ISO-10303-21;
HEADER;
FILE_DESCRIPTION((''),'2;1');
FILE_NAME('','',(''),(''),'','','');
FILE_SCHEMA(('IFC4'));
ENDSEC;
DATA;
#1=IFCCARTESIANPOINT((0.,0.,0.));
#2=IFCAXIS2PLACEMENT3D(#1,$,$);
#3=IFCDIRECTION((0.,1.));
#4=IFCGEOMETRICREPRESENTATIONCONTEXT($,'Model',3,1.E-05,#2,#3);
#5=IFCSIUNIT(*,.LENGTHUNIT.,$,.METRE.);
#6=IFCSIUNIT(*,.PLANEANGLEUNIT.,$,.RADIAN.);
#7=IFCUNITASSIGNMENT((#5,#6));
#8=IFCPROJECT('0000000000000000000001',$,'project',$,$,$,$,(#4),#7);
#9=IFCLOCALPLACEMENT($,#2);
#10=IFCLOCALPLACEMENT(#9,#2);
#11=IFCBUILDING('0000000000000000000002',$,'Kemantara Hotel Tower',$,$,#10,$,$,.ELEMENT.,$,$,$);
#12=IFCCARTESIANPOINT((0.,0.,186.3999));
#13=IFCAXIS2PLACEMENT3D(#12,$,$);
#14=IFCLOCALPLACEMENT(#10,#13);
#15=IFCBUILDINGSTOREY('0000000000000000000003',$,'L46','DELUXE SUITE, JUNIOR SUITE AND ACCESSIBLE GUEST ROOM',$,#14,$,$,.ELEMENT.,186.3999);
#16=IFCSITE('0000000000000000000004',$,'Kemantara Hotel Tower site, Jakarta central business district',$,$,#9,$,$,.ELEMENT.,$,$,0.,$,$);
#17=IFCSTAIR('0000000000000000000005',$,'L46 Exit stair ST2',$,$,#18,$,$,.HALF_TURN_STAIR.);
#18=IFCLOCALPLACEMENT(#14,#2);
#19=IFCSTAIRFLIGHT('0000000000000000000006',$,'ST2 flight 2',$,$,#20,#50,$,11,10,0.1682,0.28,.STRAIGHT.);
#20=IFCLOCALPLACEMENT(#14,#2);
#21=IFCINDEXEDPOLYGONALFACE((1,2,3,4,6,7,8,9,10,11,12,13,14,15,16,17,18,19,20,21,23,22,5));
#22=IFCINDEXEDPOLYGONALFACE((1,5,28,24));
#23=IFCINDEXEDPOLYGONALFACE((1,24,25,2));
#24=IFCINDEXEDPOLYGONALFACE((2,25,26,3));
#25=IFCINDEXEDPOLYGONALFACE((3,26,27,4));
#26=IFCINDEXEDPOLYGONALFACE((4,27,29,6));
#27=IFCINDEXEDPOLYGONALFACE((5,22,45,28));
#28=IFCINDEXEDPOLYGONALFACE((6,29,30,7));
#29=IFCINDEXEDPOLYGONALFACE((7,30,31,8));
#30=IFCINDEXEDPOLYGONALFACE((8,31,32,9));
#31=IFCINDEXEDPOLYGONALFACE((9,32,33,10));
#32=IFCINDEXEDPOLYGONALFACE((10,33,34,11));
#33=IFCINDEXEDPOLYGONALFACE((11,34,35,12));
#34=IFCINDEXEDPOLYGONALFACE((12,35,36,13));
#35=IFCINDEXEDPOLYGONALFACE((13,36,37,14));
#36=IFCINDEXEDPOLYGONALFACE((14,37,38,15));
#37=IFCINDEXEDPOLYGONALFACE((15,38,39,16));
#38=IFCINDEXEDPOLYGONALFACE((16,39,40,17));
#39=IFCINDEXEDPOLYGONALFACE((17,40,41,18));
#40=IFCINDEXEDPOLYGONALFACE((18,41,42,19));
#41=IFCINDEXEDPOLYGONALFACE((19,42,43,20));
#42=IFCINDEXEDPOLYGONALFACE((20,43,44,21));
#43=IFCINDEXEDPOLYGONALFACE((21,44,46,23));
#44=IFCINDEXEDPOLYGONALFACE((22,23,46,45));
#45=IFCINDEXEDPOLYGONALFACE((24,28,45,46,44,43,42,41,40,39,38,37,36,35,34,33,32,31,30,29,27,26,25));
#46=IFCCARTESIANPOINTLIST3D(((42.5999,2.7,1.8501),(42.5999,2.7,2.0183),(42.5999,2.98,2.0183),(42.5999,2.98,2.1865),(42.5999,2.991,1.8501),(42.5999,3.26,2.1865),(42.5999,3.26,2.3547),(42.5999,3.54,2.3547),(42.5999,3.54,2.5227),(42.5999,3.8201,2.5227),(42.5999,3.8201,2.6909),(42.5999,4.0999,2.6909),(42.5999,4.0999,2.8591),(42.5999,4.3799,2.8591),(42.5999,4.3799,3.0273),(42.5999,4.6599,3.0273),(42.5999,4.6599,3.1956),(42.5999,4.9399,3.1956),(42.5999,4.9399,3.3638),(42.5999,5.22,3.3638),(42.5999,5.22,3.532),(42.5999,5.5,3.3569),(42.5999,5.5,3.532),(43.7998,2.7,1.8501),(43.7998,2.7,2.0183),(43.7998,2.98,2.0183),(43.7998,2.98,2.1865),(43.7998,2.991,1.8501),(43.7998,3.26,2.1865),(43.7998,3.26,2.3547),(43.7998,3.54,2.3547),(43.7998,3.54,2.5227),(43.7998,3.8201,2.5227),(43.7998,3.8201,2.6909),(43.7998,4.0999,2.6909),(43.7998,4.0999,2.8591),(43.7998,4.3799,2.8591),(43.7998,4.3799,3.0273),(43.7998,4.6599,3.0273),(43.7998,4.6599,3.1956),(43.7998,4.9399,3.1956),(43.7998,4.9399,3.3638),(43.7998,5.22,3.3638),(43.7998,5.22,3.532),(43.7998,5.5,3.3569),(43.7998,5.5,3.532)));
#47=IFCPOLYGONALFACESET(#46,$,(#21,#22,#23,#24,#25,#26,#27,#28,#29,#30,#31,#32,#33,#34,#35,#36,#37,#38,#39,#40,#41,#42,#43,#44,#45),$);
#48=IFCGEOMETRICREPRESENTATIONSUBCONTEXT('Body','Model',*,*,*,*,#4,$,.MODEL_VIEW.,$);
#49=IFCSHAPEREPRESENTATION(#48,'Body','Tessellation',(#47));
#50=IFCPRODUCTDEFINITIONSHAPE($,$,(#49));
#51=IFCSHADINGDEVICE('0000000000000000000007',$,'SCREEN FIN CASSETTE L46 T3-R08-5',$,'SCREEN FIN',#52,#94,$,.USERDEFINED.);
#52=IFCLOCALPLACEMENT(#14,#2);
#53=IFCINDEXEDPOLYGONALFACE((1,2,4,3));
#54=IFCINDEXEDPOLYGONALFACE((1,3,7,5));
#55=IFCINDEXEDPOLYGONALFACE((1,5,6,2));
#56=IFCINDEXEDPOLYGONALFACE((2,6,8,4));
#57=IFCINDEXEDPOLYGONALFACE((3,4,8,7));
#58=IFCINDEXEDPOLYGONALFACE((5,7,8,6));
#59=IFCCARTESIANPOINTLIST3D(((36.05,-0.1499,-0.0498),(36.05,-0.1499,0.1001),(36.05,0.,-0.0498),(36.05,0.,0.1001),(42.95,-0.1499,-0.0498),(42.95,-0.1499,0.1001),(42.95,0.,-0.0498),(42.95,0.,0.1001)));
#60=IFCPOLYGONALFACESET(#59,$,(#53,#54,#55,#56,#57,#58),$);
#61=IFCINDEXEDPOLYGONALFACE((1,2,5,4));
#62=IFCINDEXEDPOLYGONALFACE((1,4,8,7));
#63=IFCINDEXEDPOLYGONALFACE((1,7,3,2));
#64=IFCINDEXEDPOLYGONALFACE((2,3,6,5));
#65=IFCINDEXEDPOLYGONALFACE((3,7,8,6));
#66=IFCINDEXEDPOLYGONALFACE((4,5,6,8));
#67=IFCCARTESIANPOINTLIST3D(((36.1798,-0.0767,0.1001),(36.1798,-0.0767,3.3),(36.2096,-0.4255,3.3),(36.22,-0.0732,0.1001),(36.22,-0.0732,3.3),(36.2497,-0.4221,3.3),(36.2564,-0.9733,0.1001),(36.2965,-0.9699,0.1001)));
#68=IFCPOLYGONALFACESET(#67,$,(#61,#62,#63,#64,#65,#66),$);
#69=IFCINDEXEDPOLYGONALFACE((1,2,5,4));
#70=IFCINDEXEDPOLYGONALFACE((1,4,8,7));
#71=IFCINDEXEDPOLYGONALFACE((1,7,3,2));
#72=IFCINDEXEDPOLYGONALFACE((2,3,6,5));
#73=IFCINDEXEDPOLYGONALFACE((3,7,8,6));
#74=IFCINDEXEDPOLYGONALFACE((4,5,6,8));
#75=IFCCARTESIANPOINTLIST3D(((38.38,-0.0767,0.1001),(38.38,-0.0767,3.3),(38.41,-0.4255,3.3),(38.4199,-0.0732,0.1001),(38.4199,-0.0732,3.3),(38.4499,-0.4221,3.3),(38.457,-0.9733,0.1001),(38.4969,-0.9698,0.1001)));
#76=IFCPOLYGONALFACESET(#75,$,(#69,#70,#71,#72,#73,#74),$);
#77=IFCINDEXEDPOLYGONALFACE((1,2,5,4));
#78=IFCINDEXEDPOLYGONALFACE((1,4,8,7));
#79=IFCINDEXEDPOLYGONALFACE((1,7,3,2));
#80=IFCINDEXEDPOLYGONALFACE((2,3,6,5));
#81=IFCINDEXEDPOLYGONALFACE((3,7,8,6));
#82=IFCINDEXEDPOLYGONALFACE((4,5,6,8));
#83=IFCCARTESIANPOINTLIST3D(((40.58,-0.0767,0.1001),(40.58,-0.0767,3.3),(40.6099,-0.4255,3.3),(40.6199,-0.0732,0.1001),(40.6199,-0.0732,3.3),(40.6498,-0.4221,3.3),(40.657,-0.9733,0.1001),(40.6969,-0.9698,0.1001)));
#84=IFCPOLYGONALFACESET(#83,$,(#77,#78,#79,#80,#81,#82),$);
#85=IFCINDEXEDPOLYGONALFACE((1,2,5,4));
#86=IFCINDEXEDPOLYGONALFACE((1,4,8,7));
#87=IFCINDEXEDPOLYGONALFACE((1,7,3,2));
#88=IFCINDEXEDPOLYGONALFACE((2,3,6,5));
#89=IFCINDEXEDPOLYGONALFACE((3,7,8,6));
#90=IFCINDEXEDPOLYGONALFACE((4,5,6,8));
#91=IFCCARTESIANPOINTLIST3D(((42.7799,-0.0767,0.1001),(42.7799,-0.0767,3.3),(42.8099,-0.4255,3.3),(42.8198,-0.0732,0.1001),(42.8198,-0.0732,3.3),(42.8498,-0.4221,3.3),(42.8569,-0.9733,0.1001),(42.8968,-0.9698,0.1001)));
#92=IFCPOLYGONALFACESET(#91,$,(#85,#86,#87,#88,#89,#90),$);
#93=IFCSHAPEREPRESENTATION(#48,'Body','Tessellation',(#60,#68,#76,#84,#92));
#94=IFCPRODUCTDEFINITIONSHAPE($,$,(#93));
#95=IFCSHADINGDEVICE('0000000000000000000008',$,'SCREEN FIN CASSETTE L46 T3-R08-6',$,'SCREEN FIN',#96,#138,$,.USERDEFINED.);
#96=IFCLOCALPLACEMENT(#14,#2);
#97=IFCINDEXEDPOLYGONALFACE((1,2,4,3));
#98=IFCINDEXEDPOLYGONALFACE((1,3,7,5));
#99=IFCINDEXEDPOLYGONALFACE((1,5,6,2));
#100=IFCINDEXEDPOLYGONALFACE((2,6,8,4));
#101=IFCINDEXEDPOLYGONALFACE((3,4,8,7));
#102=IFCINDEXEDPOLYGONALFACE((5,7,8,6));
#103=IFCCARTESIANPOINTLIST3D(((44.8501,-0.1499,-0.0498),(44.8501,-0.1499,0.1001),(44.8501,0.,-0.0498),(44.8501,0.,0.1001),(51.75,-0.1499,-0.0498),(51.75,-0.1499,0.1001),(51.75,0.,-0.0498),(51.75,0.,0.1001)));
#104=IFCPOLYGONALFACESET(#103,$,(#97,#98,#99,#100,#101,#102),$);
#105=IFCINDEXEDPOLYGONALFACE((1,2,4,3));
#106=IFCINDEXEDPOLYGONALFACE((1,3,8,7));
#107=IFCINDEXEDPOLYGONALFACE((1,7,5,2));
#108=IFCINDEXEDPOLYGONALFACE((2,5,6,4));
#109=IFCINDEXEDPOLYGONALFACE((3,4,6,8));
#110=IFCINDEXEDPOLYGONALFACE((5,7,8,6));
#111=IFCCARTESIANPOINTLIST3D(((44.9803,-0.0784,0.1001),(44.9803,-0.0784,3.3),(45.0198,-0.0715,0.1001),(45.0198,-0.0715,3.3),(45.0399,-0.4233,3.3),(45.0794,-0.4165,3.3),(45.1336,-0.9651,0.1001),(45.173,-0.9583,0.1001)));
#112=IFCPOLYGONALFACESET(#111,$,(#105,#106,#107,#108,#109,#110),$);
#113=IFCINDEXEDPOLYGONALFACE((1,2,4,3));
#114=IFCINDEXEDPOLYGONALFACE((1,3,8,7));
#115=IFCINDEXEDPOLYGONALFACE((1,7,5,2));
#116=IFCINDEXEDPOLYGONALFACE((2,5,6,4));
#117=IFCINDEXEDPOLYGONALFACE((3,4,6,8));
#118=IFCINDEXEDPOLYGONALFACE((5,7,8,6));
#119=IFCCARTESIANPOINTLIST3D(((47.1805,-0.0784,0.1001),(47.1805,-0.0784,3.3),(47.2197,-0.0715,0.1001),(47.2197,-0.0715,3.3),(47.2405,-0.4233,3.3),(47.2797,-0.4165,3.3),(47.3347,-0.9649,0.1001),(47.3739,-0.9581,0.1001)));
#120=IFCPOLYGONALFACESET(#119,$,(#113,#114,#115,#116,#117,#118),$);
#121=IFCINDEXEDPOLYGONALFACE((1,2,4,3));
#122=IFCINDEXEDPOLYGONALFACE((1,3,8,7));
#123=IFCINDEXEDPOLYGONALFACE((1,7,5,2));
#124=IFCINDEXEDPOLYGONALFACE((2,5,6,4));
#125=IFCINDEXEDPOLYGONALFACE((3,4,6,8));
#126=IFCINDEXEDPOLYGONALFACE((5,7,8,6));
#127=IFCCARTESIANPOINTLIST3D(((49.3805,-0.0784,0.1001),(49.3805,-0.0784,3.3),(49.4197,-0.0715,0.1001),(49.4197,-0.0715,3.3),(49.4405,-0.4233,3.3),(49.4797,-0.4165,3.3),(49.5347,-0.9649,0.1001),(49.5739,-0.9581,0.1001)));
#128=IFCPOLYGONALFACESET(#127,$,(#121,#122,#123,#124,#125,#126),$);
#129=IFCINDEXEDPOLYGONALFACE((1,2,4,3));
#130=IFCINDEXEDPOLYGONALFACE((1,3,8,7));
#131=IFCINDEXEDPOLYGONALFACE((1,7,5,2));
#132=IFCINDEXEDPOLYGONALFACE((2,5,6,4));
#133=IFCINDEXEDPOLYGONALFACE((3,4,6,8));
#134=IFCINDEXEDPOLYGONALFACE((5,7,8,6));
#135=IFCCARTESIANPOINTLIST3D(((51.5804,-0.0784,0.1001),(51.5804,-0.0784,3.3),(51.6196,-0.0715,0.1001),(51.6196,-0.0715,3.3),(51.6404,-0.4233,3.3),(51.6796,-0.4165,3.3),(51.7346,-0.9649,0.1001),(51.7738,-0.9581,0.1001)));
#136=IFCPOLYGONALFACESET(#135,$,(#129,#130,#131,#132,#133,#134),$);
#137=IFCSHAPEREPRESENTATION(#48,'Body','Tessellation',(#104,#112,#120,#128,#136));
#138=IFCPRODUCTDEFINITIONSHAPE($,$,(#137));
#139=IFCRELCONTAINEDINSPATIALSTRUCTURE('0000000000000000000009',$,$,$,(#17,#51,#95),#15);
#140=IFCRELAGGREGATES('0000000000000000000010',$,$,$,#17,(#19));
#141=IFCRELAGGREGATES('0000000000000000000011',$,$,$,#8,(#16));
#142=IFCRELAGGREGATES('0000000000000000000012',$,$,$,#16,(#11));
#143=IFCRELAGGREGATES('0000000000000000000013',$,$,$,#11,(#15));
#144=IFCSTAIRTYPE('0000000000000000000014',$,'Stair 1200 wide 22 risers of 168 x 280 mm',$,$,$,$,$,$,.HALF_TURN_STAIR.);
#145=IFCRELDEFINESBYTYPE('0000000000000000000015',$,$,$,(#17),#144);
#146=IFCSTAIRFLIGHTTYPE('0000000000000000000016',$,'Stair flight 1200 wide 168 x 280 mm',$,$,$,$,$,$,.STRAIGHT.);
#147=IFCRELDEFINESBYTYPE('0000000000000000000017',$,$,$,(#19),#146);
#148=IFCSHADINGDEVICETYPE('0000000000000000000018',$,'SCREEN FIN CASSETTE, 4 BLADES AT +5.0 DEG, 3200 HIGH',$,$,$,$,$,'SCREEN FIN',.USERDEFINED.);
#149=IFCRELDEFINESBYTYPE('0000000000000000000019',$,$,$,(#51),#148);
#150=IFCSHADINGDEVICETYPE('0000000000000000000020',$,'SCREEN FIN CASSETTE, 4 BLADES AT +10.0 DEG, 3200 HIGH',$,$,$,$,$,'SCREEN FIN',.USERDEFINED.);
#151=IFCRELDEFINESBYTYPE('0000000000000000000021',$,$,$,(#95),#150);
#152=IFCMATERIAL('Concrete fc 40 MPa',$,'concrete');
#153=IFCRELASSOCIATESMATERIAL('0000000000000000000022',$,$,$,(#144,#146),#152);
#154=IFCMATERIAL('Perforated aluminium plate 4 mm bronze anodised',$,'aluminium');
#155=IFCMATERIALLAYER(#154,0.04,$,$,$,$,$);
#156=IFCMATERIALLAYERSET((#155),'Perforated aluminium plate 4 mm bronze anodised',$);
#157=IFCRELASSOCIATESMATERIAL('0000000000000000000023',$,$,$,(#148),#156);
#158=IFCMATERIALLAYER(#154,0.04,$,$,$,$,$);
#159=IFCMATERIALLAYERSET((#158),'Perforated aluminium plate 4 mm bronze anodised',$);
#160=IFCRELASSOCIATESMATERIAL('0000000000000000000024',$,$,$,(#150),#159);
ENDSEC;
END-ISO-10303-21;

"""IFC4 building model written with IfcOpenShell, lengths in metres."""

from ifc_helpers import new_model, si_unit, direction, frame, origin, origin_2d, place, context, subcontext, project, spatial, polyline, rectangle, outline, extrude, source, transform, mapped, material, layer, layer_set, type_object, element, aggregate, save


model = new_model("IFC4")

# Units and contexts
model_context = context("Model", 3, precision=1e-05, world=origin(), true_north=direction((0.0, 1.0)))
body_context = subcontext(model_context, "Body", "Model", "MODEL_VIEW")
ifc_project = project(units=[si_unit("LENGTHUNIT", "METRE"), si_unit("PLANEANGLEUNIT", "RADIAN")], contexts=[model_context])

# Site, building, storey
site_placement = place(None, origin())
site = spatial("IfcSite", under=ifc_project, at=site_placement, Name="Kemantara Hotel Tower site, Jakarta central business district", CompositionType="ELEMENT", RefElevation=0.0)
building_placement = place(site_placement, origin())
building = spatial("IfcBuilding", under=site, at=building_placement, Name="Kemantara Hotel Tower", CompositionType="ELEMENT")
storey_placement = place(building_placement, frame((0.0, 0.0, 186.3999)))
storey = spatial("IfcBuildingStorey", under=building, at=storey_placement, Name="L46", Description="DELUXE SUITE, JUNIOR SUITE AND ACCESSIBLE GUEST ROOM", CompositionType="ELEMENT", Elevation=186.3999)

# Stair, stair flight
ifc_material_1 = material(Name="Concrete fc 40 MPa", Category="concrete")
stair_type = type_object("IfcStairType", Name="Stair 1200 wide 22 risers of 168 x 280 mm", PredefinedType="HALF_TURN_STAIR", material=ifc_material_1)
stair_placement = place(storey_placement, origin())
stair = element("IfcStair", 1, at=stair_placement, inside=storey, type_object=stair_type, Name="L46 Exit stair ST2", PredefinedType="HALF_TURN_STAIR")
stair_flight_type = type_object("IfcStairFlightType", Name="Stair flight 1200 wide 168 x 280 mm", PredefinedType="STRAIGHT", material=ifc_material_1)
stair_flight_1_placement = place(storey_placement, frame((43.2, 2.7, 1.8501), z_axis=(0.0, 0.0, 1.0), x_axis=(0.0, 1.0, 0.0)))
stair_flight_1 = element("IfcStairFlight", 2, at=stair_flight_1_placement, type_object=stair_flight_type, Name="ST2 flight 2", NumberOfRisers=11, NumberOfTreads=10, PredefinedType="STRAIGHT", RiserHeight=0.1682, TreadLength=0.28, context=body_context, shape_type="SweptSolid", body=[
    extrude(outline(polyline([(0.0, 0.0), (0.0, 0.1682), (0.28, 0.1682), (0.28, 0.3364), (0.5601, 0.3364), (0.5601, 0.5046), (0.8401, 0.5046), (0.8401, 0.6726), (1.1201, 0.6726), (1.1201, 0.8408), (1.3999, 0.8408), (1.3999, 1.009), (1.6799, 1.009), (1.6799, 1.1772), (1.96, 1.1772), (1.96, 1.3455), (2.24, 1.3455), (2.24, 1.5137), (2.52, 1.5137), (2.52, 1.6819), (2.8, 1.6819), (2.8, 1.8501), (2.8, 1.5068), (0.291, 0.0), (0.0, 0.0)])), frame((0.0, 0.6001, 0.0), z_axis=(0.0, -1.0, 0.0), x_axis=(1.0, 0.0, 0.0)), (0.0, 0.0, 1.0), 1.2),
])
aggregate(stair, [stair_flight_1])

# Shading devices
ifc_material_2 = material(Name="Perforated aluminium plate 4 mm bronze anodised", Category="aluminium")
ifc_layer_1 = layer(ifc_material_2, 0.04)
ifc_layer_set_1 = layer_set([ifc_layer_1], Name="Perforated aluminium plate 4 mm bronze anodised")
shading_device_type_1 = type_object("IfcShadingDeviceType", Name="SCREEN FIN CASSETTE, 4 BLADES AT +5.0 DEG, 3200 HIGH", ElementType="SCREEN FIN", PredefinedType="USERDEFINED", material=ifc_layer_set_1)
shared_shape_1 = source(origin(), body_context, "Body", "SweptSolid", [
    extrude(rectangle(XDim=6.8999, YDim=0.1499, at=origin_2d()), frame((3.3, -0.075, -0.1499), z_axis=(0.0, 0.0, 1.0), x_axis=(1.0, 0.0, 0.0)), (0.0, 0.0, 1.0), 0.1499),
    extrude(outline(polyline([(0.0, 0.0), (0.8999, 0.0), (0.3501, 3.2), (0.0, 3.2), (0.0, 0.0)])), frame((0.02, -0.0732, 0.0), z_axis=(-0.996376, -0.085056, 0.0), x_axis=(0.085056, -0.996376, 0.0)), (0.0, 0.0, 1.0), 0.0403),
    extrude(outline(polyline([(0.0, 0.0), (0.8999, 0.0), (0.3501, 3.2), (0.0, 3.2), (0.0, 0.0)])), frame((2.22, -0.0732, 0.0), z_axis=(-0.996332, -0.085575, 0.0), x_axis=(0.085575, -0.996332, 0.0)), (0.0, 0.0, 1.0), 0.04),
    extrude(outline(polyline([(0.0, 0.0), (0.8999, 0.0), (0.3501, 3.2), (0.0, 3.2), (0.0, 0.0)])), frame((4.4199, -0.0732, 0.0), z_axis=(-0.996332, -0.085575, 0.0), x_axis=(0.085575, -0.996332, 0.0)), (0.0, 0.0, 1.0), 0.04),
    extrude(outline(polyline([(0.0, 0.0), (0.8999, 0.0), (0.3501, 3.2), (0.0, 3.2), (0.0, 0.0)])), frame((6.6199, -0.0732, 0.0), z_axis=(-0.996332, -0.085575, 0.0), x_axis=(0.085575, -0.996332, 0.0)), (0.0, 0.0, 1.0), 0.04),
])
shading_device_1_placement = place(storey_placement, frame((36.2, 0.0, 0.1001), z_axis=(0.0, 0.0, 1.0), x_axis=(1.0, 0.0, 0.0)))
element("IfcShadingDevice", 3, at=shading_device_1_placement, inside=storey, type_object=shading_device_type_1, Name="SCREEN FIN CASSETTE L46 T3-R08-5", ObjectType="SCREEN FIN", PredefinedType="USERDEFINED", context=body_context, shape_type="MappedRepresentation", body=[
    mapped(shared_shape_1, transform((0.0, 0.0, 0.0))),
])
ifc_layer_2 = layer(ifc_material_2, 0.04)
ifc_layer_set_2 = layer_set([ifc_layer_2], Name="Perforated aluminium plate 4 mm bronze anodised")
shading_device_type_2 = type_object("IfcShadingDeviceType", Name="SCREEN FIN CASSETTE, 4 BLADES AT +10.0 DEG, 3200 HIGH", ElementType="SCREEN FIN", PredefinedType="USERDEFINED", material=ifc_layer_set_2)
shared_shape_2 = source(origin(), body_context, "Body", "SweptSolid", [
    extrude(rectangle(XDim=6.8999, YDim=0.1499, at=origin_2d()), frame((3.3, -0.075, -0.1499), z_axis=(0.0, 0.0, 1.0), x_axis=(1.0, 0.0, 0.0)), (0.0, 0.0, 1.0), 0.1499),
    extrude(outline(polyline([(0.0, 0.0), (0.8999, 0.0), (0.3501, 3.2), (0.0, 3.2), (0.0, 0.0)])), frame((0.0198, -0.0715, 0.0), z_axis=(-0.98539, -0.170314, 0.0), x_axis=(0.170314, -0.98539, 0.0)), (0.0, 0.0, 1.0), 0.04),
    extrude(outline(polyline([(0.0, 0.0), (0.8999, 0.0), (0.3501, 3.2), (0.0, 3.2), (0.0, 0.0)])), frame((2.2197, -0.0715, 0.0), z_axis=(-0.985212, -0.171341, 0.0), x_axis=(0.171341, -0.985212, 0.0)), (0.0, 0.0, 1.0), 0.0398),
    extrude(outline(polyline([(0.0, 0.0), (0.8999, 0.0), (0.3501, 3.2), (0.0, 3.2), (0.0, 0.0)])), frame((4.4197, -0.0715, 0.0), z_axis=(-0.985212, -0.171341, 0.0), x_axis=(0.171341, -0.985212, 0.0)), (0.0, 0.0, 1.0), 0.0398),
    extrude(outline(polyline([(0.0, 0.0), (0.8999, 0.0), (0.3501, 3.2), (0.0, 3.2), (0.0, 0.0)])), frame((6.6196, -0.0715, 0.0), z_axis=(-0.985212, -0.171341, 0.0), x_axis=(0.171341, -0.985212, 0.0)), (0.0, 0.0, 1.0), 0.0398),
])
shading_device_2_placement = place(storey_placement, frame((45.0, 0.0, 0.1001), z_axis=(0.0, 0.0, 1.0), x_axis=(1.0, 0.0, 0.0)))
element("IfcShadingDevice", 4, at=shading_device_2_placement, inside=storey, type_object=shading_device_type_2, Name="SCREEN FIN CASSETTE L46 T3-R08-6", ObjectType="SCREEN FIN", PredefinedType="USERDEFINED", context=body_context, shape_type="MappedRepresentation", body=[
    mapped(shared_shape_2, transform((0.0, 0.0, 0.0))),
])

save(model, "model.ifc")
